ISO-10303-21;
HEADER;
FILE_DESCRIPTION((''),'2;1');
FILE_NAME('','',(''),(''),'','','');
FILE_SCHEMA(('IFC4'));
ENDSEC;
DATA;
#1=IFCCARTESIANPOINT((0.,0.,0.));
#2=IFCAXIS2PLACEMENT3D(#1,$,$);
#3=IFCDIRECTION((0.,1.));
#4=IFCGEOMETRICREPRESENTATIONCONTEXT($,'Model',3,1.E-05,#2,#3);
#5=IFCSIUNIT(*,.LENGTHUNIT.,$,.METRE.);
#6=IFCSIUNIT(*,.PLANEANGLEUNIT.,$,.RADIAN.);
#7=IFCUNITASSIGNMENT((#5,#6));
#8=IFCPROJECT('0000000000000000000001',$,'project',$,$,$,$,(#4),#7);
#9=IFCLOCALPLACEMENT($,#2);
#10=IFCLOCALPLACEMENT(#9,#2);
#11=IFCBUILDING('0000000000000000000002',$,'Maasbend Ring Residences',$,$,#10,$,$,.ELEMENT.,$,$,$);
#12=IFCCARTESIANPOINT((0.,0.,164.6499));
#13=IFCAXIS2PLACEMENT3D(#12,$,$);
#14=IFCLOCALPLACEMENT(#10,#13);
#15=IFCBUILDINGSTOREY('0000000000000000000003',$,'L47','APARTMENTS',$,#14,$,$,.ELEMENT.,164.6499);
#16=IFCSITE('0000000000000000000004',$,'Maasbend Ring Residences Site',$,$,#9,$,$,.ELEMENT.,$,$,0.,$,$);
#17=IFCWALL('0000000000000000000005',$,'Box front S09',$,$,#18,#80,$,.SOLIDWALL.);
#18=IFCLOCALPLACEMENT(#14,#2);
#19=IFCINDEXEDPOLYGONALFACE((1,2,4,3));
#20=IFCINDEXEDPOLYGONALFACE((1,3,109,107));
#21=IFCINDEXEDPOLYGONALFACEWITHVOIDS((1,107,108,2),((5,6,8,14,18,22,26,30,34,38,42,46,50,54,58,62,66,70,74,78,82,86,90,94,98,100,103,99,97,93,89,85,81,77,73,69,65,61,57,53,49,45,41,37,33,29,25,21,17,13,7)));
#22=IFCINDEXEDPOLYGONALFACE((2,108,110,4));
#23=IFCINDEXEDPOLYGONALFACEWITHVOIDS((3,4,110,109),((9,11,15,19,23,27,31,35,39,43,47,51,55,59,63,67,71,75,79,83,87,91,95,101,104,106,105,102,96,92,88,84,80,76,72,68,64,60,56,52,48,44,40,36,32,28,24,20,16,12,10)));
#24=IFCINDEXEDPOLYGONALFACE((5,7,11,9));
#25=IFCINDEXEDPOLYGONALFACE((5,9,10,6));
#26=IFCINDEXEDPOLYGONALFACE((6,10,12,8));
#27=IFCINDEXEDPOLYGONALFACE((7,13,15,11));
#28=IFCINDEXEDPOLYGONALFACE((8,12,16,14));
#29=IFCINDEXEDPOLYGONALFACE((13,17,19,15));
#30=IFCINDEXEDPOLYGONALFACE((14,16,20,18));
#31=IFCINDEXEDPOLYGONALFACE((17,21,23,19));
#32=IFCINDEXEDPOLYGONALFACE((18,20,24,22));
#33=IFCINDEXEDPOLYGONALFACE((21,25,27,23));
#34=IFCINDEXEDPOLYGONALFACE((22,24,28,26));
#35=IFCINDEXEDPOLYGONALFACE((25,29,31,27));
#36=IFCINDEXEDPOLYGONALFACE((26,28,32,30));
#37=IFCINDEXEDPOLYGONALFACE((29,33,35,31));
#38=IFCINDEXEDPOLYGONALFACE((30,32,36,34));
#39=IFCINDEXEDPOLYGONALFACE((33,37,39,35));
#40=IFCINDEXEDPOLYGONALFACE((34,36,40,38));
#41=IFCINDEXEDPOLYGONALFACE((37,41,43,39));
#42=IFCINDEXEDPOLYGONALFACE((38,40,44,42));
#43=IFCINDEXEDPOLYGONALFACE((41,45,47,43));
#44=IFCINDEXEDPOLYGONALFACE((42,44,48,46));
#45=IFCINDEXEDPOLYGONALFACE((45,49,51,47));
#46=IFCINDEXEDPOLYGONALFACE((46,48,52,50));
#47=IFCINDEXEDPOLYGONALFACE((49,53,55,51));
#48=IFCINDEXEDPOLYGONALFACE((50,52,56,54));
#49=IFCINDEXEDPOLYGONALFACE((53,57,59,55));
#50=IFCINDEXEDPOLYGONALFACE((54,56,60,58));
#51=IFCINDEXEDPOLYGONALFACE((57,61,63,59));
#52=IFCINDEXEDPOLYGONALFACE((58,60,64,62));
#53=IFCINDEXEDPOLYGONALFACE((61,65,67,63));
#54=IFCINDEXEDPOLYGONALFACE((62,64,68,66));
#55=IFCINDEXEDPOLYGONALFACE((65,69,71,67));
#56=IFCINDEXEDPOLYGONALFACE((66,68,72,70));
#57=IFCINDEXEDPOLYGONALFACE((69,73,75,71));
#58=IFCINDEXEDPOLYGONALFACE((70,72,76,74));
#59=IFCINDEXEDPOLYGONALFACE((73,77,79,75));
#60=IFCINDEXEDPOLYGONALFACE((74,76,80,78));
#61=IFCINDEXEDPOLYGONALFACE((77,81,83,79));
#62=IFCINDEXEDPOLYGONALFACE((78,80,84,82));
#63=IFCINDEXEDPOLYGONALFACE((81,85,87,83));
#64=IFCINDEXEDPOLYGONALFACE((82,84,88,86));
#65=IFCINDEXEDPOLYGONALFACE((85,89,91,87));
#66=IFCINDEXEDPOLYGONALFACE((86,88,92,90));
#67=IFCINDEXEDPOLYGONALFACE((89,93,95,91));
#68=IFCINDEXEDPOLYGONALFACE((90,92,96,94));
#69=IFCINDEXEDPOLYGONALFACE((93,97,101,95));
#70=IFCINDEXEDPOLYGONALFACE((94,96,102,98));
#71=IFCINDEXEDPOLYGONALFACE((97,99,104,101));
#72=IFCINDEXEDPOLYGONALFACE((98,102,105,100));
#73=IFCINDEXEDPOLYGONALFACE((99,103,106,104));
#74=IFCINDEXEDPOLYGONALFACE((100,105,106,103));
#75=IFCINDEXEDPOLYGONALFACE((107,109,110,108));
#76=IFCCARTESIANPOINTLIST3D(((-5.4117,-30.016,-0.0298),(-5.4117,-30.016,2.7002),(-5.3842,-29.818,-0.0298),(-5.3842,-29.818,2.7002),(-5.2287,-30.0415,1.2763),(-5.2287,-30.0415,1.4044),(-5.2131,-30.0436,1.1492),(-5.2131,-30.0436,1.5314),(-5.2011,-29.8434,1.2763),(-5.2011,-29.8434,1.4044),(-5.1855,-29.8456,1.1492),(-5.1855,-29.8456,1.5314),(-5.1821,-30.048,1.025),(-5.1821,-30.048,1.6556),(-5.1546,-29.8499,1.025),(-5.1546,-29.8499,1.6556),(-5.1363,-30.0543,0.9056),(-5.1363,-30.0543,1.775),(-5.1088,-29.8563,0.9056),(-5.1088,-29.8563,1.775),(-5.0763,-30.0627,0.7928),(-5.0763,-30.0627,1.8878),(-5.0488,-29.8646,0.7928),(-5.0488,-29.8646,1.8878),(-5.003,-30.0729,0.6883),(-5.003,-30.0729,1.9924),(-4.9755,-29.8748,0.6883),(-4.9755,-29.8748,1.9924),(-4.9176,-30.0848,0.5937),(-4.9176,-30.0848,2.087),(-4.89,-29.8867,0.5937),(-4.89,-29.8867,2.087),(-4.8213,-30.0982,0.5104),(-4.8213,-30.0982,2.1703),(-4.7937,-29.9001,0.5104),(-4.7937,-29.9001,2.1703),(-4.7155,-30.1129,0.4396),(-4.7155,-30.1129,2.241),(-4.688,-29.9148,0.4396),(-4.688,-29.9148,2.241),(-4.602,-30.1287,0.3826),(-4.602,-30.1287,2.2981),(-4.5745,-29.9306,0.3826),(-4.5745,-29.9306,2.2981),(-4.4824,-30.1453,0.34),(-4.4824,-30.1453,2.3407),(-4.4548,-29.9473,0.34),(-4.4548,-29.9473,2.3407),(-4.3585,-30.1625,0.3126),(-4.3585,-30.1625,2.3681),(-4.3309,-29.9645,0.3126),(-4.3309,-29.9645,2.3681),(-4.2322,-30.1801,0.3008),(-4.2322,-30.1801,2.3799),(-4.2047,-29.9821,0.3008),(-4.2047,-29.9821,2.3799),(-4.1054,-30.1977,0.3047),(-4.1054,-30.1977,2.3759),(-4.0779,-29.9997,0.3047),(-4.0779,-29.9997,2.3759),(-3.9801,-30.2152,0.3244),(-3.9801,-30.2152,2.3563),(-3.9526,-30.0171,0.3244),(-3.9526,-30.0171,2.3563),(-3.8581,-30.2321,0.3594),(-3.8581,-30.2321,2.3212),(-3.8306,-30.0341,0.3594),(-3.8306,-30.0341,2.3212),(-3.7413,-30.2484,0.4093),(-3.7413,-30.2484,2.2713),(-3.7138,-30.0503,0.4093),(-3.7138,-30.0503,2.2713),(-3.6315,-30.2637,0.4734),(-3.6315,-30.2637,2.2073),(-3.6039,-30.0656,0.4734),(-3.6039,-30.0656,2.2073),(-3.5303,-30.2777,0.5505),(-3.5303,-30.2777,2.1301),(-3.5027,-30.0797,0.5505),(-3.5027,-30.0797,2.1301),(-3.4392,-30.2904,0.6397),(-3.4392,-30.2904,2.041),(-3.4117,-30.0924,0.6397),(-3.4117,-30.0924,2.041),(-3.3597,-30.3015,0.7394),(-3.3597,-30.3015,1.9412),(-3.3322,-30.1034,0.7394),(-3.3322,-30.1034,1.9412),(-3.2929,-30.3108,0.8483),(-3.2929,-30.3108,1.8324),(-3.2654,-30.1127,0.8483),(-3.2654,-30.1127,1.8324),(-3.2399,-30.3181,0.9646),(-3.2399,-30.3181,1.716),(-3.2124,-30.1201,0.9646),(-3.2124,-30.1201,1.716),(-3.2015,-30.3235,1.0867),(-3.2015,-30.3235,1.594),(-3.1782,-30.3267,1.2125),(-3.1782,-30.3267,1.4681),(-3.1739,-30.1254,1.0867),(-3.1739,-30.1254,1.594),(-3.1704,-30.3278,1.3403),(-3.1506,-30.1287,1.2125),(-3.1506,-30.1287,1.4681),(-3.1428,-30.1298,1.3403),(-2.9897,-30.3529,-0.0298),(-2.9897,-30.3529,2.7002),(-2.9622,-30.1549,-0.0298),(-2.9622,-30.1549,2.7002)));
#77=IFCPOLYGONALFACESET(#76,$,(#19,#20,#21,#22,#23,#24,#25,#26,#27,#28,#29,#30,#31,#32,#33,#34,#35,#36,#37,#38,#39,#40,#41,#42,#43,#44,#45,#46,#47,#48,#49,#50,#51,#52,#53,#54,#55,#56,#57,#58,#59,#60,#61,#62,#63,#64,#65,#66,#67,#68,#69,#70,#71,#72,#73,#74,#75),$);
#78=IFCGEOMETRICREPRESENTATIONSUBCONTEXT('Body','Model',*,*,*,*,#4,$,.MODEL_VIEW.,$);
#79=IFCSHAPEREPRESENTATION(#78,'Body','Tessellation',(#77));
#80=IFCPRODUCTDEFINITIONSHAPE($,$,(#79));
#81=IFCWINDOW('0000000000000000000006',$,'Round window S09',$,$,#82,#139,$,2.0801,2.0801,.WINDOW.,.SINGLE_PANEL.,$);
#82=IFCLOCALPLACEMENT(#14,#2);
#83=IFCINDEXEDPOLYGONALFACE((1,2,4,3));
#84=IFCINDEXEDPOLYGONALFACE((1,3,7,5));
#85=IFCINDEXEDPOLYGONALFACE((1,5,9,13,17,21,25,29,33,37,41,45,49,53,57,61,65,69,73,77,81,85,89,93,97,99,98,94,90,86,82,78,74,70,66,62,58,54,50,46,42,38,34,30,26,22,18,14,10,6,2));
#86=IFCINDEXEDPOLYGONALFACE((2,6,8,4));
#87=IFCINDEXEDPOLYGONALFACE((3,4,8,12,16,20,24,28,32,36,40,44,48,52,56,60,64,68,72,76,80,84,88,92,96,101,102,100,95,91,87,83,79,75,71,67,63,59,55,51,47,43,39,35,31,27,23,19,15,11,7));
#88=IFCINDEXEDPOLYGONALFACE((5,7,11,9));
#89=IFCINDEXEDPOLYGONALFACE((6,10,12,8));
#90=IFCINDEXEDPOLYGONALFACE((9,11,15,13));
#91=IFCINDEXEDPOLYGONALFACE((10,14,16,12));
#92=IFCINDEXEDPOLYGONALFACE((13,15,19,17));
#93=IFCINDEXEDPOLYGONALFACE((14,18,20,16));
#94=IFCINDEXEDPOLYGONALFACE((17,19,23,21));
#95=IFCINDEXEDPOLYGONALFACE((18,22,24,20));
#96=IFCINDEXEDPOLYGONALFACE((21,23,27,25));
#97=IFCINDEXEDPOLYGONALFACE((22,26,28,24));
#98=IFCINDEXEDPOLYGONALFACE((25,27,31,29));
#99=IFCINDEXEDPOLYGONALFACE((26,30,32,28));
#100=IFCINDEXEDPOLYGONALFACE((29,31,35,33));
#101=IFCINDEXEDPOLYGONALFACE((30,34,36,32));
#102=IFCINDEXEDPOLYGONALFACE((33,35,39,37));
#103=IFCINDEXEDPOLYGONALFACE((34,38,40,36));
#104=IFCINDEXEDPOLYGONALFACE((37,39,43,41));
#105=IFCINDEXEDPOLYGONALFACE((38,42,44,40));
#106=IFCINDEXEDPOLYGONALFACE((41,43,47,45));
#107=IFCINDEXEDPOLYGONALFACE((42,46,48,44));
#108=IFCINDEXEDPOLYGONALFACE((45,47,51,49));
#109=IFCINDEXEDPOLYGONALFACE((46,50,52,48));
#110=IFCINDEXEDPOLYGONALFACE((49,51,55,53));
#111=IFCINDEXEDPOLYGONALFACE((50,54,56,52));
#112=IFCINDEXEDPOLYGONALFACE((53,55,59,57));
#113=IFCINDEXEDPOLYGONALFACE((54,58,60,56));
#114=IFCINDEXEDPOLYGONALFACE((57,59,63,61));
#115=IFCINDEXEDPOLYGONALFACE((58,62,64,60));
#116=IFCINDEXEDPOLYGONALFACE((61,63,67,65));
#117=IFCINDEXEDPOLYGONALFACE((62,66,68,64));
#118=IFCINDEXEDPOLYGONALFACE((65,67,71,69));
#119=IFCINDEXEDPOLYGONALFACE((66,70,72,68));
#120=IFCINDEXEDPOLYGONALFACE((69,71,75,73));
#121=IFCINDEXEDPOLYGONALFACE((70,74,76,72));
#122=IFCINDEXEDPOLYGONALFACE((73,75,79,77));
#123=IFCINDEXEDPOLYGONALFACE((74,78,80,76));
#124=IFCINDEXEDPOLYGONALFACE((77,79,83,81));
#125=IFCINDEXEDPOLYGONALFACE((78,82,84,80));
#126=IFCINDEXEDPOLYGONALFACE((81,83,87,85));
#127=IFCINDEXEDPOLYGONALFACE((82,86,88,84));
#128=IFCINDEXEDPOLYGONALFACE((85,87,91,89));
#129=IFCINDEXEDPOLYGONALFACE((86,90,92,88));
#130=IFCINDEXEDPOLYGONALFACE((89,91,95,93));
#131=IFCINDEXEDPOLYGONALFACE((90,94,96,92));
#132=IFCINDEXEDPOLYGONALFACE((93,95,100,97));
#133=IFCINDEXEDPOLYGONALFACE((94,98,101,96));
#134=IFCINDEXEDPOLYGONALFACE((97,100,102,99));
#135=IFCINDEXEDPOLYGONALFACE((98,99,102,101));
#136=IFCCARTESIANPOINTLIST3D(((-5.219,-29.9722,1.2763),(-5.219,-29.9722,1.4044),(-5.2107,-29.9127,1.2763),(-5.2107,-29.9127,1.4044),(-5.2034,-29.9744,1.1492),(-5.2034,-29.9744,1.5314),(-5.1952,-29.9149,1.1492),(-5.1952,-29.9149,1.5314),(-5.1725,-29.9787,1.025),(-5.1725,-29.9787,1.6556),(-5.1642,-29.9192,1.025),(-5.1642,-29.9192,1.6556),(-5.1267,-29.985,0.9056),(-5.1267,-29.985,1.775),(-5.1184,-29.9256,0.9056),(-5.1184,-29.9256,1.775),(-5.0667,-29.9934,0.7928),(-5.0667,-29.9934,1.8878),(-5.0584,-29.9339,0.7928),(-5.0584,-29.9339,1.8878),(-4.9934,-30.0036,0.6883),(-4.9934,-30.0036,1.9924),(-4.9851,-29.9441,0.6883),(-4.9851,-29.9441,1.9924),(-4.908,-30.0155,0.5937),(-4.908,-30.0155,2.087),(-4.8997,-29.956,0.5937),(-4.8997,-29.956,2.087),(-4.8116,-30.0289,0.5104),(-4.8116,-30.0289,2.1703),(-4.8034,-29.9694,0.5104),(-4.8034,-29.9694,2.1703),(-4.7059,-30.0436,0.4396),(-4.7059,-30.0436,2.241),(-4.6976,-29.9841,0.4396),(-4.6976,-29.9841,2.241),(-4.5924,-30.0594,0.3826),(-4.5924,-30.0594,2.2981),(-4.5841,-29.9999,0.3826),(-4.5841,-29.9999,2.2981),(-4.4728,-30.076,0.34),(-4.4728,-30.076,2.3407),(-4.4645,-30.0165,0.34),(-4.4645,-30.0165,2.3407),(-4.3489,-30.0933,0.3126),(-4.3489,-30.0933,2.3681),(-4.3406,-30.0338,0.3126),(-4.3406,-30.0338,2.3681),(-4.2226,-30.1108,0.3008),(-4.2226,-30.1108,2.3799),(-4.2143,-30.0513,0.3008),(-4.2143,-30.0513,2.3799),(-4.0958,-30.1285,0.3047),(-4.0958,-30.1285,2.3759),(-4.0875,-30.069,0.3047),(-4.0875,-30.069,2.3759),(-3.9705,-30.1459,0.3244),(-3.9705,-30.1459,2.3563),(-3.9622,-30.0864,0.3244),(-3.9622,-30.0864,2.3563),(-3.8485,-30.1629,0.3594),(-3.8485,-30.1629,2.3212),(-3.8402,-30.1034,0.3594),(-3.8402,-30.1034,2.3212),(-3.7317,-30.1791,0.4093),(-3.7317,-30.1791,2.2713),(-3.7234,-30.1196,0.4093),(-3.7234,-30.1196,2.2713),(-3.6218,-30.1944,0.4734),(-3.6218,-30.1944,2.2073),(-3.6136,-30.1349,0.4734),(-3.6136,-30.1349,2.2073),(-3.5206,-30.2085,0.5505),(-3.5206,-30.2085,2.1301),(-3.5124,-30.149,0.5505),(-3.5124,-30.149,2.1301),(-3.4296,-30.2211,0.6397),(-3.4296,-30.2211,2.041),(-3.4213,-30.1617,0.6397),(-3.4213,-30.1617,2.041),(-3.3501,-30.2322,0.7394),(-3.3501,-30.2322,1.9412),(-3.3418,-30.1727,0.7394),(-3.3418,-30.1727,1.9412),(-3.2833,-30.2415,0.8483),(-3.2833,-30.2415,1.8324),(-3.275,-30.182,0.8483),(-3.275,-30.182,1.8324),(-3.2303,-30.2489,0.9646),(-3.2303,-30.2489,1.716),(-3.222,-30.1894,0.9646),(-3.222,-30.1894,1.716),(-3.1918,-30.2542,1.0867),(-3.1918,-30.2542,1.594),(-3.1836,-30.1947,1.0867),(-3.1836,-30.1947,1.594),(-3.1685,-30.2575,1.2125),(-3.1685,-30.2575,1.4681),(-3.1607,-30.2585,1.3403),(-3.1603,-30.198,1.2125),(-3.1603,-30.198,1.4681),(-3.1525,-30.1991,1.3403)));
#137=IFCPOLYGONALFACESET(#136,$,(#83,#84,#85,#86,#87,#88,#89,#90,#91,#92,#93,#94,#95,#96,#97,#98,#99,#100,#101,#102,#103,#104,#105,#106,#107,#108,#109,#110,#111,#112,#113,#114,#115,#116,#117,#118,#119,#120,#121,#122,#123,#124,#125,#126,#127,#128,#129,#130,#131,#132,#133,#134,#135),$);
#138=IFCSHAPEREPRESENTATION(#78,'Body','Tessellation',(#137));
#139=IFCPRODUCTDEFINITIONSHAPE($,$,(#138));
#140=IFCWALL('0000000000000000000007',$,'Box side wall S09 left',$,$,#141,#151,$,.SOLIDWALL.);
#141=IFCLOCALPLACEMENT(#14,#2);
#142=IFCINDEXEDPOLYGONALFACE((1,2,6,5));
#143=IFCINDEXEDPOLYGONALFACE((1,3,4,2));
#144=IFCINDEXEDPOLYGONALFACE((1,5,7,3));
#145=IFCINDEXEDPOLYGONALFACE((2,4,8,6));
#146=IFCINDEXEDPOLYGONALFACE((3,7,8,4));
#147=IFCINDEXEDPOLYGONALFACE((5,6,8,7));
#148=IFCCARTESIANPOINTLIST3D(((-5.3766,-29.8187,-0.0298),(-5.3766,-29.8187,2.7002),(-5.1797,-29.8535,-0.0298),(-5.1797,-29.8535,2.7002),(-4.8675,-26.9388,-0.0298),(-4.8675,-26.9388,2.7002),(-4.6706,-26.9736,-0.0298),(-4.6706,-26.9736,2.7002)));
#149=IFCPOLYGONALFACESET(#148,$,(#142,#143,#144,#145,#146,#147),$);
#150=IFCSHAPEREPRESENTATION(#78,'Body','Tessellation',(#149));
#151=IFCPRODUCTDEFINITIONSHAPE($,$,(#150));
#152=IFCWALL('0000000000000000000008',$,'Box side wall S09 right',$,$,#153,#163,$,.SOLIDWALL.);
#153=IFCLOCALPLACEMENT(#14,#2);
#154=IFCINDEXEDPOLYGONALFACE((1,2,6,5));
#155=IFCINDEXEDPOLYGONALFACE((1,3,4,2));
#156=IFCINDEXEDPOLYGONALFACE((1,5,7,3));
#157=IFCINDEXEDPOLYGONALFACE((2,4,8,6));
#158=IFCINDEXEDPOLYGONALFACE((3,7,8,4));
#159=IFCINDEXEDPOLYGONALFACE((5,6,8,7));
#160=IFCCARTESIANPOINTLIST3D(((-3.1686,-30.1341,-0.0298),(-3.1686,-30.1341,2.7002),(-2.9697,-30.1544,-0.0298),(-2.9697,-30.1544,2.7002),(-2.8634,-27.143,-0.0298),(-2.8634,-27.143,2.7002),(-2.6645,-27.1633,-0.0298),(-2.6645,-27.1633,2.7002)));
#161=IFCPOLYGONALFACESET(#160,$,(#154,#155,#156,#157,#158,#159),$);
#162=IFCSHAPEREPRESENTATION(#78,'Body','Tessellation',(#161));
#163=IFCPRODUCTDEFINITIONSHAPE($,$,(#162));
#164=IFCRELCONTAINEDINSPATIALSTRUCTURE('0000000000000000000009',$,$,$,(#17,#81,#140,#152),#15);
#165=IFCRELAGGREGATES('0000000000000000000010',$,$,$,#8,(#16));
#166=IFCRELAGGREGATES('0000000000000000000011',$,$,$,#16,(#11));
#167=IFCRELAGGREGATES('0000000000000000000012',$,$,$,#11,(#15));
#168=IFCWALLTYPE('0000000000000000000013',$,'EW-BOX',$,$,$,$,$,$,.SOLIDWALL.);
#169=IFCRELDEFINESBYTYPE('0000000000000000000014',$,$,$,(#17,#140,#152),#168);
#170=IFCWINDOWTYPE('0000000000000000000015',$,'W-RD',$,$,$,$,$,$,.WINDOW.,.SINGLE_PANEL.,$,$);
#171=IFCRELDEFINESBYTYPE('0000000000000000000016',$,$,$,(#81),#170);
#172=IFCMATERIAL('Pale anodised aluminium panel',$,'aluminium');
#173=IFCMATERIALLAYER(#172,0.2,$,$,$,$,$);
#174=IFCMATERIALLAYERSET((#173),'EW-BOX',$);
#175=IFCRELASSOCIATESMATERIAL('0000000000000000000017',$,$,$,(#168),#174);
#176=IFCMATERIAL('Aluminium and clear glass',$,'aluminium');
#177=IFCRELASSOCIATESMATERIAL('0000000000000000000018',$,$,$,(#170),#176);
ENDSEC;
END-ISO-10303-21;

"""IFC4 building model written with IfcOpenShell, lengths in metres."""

from ifc_helpers import new_model, si_unit, direction, frame, frame_2d, origin, place, context, subcontext, project, spatial, rectangle, circle, extrude, material, layer, layer_set, type_object, element, fill, save


model = new_model("IFC4")

# Units and contexts
model_context = context("Model", 3, precision=1e-05, world=origin(), true_north=direction((0.0, 1.0)))
body_context = subcontext(model_context, "Body", "Model", "MODEL_VIEW")
ifc_project = project(units=[si_unit("LENGTHUNIT", "METRE"), si_unit("PLANEANGLEUNIT", "RADIAN")], contexts=[model_context])

# Site, building, storey
site_placement = place(None, origin())
site = spatial("IfcSite", under=ifc_project, at=site_placement, Name="Maasbend Ring Residences Site", CompositionType="ELEMENT", RefElevation=0.0)
building_placement = place(site_placement, origin())
building = spatial("IfcBuilding", under=site, at=building_placement, Name="Maasbend Ring Residences", CompositionType="ELEMENT")
storey_placement = place(building_placement, frame((0.0, 0.0, 164.6499)))
storey = spatial("IfcBuildingStorey", under=building, at=storey_placement, Name="L47", Description="APARTMENTS", CompositionType="ELEMENT", Elevation=164.6499)

# Shared definitions
ifc_material_1 = material(Name="Pale anodised aluminium panel", Category="aluminium")
ifc_layer_1 = layer(ifc_material_1, 0.2)
ifc_layer_set_1 = layer_set([ifc_layer_1], Name="EW-BOX")
wall_type_1 = type_object("IfcWallType", Name="EW-BOX", PredefinedType="SOLIDWALL", material=ifc_layer_set_1)

# Wall, opening, window
wall_1_placement = place(storey_placement, frame((-5.3979, -29.917, -0.0298), z_axis=(0.0, 0.0, 1.0), x_axis=(0.990462, -0.137786, 0.0)))
wall_1 = element("IfcWall", 1, at=wall_1_placement, inside=storey, type_object=wall_type_1, Name="Box front S09", PredefinedType="SOLIDWALL", context=body_context, shape_type="SweptSolid", body=[
    extrude(rectangle(XDim=2.4453, YDim=0.2, at=frame_2d((1.2227, 0.0))), origin(), (0.0, 0.0, 1.0), 2.73),
])
opening_1_placement = place(wall_1_placement, frame((0.1829, 0.0, 0.3301)))
opening_1 = element("IfcOpeningElement", 2, at=opening_1_placement, cuts=wall_1, PredefinedType="OPENING", context=body_context, shape_type="SweptSolid", body=[
    extrude(circle(Radius=1.04, at=frame_2d((1.04, 1.04))), frame((0.0, 0.1099, 0.0), z_axis=(0.0, -1.0, 0.0), x_axis=(1.0, 0.0, 0.0)), (0.0, 0.0, 1.0), 0.22),
])
ifc_material_2 = material(Name="Aluminium and clear glass", Category="aluminium")
window_type_1 = type_object("IfcWindowType", Name="W-RD", PartitioningType="SINGLE_PANEL", PredefinedType="WINDOW", material=ifc_material_2)
window_1_placement = place(opening_1_placement, origin())
window_1 = element("IfcWindow", 3, at=window_1_placement, inside=storey, type_object=window_type_1, Name="Round window S09", OverallHeight=2.0801, OverallWidth=2.0801, PartitioningType="SINGLE_PANEL", PredefinedType="WINDOW", context=body_context, shape_type="SweptSolid", body=[
    extrude(circle(Radius=1.04, at=frame_2d((1.04, 1.04))), frame((0.0, 0.03, 0.0), z_axis=(0.0, -1.0, 0.0), x_axis=(1.0, 0.0, 0.0)), (0.0, 0.0, 1.0), 0.0601),
])
fill(opening_1, window_1)

# Walls
wall_2_placement = place(storey_placement, frame((-4.769, -26.9561, -0.0298), z_axis=(0.0, 0.0, 1.0), x_axis=(-0.174057, -0.984736, 0.0)))
element("IfcWall", 4, at=wall_2_placement, inside=storey, type_object=wall_type_1, Name="Box side wall S09 left", PredefinedType="SOLIDWALL", context=body_context, shape_type="SweptSolid", body=[
    extrude(rectangle(XDim=2.9246, YDim=0.2, at=frame_2d((1.4624, 0.0))), origin(), (0.0, 0.0, 1.0), 2.73),
])
wall_3_placement = place(storey_placement, frame((-2.7639, -27.1531, -0.0298), z_axis=(0.0, 0.0, 1.0), x_axis=(-0.101505, -0.994835, 0.0)))
element("IfcWall", 5, at=wall_3_placement, inside=storey, type_object=wall_type_1, Name="Box side wall S09 right", PredefinedType="SOLIDWALL", context=body_context, shape_type="SweptSolid", body=[
    extrude(rectangle(XDim=3.0066, YDim=0.2, at=frame_2d((1.5034, 0.0))), origin(), (0.0, 0.0, 1.0), 2.73),
])

save(model, "model.ifc")
